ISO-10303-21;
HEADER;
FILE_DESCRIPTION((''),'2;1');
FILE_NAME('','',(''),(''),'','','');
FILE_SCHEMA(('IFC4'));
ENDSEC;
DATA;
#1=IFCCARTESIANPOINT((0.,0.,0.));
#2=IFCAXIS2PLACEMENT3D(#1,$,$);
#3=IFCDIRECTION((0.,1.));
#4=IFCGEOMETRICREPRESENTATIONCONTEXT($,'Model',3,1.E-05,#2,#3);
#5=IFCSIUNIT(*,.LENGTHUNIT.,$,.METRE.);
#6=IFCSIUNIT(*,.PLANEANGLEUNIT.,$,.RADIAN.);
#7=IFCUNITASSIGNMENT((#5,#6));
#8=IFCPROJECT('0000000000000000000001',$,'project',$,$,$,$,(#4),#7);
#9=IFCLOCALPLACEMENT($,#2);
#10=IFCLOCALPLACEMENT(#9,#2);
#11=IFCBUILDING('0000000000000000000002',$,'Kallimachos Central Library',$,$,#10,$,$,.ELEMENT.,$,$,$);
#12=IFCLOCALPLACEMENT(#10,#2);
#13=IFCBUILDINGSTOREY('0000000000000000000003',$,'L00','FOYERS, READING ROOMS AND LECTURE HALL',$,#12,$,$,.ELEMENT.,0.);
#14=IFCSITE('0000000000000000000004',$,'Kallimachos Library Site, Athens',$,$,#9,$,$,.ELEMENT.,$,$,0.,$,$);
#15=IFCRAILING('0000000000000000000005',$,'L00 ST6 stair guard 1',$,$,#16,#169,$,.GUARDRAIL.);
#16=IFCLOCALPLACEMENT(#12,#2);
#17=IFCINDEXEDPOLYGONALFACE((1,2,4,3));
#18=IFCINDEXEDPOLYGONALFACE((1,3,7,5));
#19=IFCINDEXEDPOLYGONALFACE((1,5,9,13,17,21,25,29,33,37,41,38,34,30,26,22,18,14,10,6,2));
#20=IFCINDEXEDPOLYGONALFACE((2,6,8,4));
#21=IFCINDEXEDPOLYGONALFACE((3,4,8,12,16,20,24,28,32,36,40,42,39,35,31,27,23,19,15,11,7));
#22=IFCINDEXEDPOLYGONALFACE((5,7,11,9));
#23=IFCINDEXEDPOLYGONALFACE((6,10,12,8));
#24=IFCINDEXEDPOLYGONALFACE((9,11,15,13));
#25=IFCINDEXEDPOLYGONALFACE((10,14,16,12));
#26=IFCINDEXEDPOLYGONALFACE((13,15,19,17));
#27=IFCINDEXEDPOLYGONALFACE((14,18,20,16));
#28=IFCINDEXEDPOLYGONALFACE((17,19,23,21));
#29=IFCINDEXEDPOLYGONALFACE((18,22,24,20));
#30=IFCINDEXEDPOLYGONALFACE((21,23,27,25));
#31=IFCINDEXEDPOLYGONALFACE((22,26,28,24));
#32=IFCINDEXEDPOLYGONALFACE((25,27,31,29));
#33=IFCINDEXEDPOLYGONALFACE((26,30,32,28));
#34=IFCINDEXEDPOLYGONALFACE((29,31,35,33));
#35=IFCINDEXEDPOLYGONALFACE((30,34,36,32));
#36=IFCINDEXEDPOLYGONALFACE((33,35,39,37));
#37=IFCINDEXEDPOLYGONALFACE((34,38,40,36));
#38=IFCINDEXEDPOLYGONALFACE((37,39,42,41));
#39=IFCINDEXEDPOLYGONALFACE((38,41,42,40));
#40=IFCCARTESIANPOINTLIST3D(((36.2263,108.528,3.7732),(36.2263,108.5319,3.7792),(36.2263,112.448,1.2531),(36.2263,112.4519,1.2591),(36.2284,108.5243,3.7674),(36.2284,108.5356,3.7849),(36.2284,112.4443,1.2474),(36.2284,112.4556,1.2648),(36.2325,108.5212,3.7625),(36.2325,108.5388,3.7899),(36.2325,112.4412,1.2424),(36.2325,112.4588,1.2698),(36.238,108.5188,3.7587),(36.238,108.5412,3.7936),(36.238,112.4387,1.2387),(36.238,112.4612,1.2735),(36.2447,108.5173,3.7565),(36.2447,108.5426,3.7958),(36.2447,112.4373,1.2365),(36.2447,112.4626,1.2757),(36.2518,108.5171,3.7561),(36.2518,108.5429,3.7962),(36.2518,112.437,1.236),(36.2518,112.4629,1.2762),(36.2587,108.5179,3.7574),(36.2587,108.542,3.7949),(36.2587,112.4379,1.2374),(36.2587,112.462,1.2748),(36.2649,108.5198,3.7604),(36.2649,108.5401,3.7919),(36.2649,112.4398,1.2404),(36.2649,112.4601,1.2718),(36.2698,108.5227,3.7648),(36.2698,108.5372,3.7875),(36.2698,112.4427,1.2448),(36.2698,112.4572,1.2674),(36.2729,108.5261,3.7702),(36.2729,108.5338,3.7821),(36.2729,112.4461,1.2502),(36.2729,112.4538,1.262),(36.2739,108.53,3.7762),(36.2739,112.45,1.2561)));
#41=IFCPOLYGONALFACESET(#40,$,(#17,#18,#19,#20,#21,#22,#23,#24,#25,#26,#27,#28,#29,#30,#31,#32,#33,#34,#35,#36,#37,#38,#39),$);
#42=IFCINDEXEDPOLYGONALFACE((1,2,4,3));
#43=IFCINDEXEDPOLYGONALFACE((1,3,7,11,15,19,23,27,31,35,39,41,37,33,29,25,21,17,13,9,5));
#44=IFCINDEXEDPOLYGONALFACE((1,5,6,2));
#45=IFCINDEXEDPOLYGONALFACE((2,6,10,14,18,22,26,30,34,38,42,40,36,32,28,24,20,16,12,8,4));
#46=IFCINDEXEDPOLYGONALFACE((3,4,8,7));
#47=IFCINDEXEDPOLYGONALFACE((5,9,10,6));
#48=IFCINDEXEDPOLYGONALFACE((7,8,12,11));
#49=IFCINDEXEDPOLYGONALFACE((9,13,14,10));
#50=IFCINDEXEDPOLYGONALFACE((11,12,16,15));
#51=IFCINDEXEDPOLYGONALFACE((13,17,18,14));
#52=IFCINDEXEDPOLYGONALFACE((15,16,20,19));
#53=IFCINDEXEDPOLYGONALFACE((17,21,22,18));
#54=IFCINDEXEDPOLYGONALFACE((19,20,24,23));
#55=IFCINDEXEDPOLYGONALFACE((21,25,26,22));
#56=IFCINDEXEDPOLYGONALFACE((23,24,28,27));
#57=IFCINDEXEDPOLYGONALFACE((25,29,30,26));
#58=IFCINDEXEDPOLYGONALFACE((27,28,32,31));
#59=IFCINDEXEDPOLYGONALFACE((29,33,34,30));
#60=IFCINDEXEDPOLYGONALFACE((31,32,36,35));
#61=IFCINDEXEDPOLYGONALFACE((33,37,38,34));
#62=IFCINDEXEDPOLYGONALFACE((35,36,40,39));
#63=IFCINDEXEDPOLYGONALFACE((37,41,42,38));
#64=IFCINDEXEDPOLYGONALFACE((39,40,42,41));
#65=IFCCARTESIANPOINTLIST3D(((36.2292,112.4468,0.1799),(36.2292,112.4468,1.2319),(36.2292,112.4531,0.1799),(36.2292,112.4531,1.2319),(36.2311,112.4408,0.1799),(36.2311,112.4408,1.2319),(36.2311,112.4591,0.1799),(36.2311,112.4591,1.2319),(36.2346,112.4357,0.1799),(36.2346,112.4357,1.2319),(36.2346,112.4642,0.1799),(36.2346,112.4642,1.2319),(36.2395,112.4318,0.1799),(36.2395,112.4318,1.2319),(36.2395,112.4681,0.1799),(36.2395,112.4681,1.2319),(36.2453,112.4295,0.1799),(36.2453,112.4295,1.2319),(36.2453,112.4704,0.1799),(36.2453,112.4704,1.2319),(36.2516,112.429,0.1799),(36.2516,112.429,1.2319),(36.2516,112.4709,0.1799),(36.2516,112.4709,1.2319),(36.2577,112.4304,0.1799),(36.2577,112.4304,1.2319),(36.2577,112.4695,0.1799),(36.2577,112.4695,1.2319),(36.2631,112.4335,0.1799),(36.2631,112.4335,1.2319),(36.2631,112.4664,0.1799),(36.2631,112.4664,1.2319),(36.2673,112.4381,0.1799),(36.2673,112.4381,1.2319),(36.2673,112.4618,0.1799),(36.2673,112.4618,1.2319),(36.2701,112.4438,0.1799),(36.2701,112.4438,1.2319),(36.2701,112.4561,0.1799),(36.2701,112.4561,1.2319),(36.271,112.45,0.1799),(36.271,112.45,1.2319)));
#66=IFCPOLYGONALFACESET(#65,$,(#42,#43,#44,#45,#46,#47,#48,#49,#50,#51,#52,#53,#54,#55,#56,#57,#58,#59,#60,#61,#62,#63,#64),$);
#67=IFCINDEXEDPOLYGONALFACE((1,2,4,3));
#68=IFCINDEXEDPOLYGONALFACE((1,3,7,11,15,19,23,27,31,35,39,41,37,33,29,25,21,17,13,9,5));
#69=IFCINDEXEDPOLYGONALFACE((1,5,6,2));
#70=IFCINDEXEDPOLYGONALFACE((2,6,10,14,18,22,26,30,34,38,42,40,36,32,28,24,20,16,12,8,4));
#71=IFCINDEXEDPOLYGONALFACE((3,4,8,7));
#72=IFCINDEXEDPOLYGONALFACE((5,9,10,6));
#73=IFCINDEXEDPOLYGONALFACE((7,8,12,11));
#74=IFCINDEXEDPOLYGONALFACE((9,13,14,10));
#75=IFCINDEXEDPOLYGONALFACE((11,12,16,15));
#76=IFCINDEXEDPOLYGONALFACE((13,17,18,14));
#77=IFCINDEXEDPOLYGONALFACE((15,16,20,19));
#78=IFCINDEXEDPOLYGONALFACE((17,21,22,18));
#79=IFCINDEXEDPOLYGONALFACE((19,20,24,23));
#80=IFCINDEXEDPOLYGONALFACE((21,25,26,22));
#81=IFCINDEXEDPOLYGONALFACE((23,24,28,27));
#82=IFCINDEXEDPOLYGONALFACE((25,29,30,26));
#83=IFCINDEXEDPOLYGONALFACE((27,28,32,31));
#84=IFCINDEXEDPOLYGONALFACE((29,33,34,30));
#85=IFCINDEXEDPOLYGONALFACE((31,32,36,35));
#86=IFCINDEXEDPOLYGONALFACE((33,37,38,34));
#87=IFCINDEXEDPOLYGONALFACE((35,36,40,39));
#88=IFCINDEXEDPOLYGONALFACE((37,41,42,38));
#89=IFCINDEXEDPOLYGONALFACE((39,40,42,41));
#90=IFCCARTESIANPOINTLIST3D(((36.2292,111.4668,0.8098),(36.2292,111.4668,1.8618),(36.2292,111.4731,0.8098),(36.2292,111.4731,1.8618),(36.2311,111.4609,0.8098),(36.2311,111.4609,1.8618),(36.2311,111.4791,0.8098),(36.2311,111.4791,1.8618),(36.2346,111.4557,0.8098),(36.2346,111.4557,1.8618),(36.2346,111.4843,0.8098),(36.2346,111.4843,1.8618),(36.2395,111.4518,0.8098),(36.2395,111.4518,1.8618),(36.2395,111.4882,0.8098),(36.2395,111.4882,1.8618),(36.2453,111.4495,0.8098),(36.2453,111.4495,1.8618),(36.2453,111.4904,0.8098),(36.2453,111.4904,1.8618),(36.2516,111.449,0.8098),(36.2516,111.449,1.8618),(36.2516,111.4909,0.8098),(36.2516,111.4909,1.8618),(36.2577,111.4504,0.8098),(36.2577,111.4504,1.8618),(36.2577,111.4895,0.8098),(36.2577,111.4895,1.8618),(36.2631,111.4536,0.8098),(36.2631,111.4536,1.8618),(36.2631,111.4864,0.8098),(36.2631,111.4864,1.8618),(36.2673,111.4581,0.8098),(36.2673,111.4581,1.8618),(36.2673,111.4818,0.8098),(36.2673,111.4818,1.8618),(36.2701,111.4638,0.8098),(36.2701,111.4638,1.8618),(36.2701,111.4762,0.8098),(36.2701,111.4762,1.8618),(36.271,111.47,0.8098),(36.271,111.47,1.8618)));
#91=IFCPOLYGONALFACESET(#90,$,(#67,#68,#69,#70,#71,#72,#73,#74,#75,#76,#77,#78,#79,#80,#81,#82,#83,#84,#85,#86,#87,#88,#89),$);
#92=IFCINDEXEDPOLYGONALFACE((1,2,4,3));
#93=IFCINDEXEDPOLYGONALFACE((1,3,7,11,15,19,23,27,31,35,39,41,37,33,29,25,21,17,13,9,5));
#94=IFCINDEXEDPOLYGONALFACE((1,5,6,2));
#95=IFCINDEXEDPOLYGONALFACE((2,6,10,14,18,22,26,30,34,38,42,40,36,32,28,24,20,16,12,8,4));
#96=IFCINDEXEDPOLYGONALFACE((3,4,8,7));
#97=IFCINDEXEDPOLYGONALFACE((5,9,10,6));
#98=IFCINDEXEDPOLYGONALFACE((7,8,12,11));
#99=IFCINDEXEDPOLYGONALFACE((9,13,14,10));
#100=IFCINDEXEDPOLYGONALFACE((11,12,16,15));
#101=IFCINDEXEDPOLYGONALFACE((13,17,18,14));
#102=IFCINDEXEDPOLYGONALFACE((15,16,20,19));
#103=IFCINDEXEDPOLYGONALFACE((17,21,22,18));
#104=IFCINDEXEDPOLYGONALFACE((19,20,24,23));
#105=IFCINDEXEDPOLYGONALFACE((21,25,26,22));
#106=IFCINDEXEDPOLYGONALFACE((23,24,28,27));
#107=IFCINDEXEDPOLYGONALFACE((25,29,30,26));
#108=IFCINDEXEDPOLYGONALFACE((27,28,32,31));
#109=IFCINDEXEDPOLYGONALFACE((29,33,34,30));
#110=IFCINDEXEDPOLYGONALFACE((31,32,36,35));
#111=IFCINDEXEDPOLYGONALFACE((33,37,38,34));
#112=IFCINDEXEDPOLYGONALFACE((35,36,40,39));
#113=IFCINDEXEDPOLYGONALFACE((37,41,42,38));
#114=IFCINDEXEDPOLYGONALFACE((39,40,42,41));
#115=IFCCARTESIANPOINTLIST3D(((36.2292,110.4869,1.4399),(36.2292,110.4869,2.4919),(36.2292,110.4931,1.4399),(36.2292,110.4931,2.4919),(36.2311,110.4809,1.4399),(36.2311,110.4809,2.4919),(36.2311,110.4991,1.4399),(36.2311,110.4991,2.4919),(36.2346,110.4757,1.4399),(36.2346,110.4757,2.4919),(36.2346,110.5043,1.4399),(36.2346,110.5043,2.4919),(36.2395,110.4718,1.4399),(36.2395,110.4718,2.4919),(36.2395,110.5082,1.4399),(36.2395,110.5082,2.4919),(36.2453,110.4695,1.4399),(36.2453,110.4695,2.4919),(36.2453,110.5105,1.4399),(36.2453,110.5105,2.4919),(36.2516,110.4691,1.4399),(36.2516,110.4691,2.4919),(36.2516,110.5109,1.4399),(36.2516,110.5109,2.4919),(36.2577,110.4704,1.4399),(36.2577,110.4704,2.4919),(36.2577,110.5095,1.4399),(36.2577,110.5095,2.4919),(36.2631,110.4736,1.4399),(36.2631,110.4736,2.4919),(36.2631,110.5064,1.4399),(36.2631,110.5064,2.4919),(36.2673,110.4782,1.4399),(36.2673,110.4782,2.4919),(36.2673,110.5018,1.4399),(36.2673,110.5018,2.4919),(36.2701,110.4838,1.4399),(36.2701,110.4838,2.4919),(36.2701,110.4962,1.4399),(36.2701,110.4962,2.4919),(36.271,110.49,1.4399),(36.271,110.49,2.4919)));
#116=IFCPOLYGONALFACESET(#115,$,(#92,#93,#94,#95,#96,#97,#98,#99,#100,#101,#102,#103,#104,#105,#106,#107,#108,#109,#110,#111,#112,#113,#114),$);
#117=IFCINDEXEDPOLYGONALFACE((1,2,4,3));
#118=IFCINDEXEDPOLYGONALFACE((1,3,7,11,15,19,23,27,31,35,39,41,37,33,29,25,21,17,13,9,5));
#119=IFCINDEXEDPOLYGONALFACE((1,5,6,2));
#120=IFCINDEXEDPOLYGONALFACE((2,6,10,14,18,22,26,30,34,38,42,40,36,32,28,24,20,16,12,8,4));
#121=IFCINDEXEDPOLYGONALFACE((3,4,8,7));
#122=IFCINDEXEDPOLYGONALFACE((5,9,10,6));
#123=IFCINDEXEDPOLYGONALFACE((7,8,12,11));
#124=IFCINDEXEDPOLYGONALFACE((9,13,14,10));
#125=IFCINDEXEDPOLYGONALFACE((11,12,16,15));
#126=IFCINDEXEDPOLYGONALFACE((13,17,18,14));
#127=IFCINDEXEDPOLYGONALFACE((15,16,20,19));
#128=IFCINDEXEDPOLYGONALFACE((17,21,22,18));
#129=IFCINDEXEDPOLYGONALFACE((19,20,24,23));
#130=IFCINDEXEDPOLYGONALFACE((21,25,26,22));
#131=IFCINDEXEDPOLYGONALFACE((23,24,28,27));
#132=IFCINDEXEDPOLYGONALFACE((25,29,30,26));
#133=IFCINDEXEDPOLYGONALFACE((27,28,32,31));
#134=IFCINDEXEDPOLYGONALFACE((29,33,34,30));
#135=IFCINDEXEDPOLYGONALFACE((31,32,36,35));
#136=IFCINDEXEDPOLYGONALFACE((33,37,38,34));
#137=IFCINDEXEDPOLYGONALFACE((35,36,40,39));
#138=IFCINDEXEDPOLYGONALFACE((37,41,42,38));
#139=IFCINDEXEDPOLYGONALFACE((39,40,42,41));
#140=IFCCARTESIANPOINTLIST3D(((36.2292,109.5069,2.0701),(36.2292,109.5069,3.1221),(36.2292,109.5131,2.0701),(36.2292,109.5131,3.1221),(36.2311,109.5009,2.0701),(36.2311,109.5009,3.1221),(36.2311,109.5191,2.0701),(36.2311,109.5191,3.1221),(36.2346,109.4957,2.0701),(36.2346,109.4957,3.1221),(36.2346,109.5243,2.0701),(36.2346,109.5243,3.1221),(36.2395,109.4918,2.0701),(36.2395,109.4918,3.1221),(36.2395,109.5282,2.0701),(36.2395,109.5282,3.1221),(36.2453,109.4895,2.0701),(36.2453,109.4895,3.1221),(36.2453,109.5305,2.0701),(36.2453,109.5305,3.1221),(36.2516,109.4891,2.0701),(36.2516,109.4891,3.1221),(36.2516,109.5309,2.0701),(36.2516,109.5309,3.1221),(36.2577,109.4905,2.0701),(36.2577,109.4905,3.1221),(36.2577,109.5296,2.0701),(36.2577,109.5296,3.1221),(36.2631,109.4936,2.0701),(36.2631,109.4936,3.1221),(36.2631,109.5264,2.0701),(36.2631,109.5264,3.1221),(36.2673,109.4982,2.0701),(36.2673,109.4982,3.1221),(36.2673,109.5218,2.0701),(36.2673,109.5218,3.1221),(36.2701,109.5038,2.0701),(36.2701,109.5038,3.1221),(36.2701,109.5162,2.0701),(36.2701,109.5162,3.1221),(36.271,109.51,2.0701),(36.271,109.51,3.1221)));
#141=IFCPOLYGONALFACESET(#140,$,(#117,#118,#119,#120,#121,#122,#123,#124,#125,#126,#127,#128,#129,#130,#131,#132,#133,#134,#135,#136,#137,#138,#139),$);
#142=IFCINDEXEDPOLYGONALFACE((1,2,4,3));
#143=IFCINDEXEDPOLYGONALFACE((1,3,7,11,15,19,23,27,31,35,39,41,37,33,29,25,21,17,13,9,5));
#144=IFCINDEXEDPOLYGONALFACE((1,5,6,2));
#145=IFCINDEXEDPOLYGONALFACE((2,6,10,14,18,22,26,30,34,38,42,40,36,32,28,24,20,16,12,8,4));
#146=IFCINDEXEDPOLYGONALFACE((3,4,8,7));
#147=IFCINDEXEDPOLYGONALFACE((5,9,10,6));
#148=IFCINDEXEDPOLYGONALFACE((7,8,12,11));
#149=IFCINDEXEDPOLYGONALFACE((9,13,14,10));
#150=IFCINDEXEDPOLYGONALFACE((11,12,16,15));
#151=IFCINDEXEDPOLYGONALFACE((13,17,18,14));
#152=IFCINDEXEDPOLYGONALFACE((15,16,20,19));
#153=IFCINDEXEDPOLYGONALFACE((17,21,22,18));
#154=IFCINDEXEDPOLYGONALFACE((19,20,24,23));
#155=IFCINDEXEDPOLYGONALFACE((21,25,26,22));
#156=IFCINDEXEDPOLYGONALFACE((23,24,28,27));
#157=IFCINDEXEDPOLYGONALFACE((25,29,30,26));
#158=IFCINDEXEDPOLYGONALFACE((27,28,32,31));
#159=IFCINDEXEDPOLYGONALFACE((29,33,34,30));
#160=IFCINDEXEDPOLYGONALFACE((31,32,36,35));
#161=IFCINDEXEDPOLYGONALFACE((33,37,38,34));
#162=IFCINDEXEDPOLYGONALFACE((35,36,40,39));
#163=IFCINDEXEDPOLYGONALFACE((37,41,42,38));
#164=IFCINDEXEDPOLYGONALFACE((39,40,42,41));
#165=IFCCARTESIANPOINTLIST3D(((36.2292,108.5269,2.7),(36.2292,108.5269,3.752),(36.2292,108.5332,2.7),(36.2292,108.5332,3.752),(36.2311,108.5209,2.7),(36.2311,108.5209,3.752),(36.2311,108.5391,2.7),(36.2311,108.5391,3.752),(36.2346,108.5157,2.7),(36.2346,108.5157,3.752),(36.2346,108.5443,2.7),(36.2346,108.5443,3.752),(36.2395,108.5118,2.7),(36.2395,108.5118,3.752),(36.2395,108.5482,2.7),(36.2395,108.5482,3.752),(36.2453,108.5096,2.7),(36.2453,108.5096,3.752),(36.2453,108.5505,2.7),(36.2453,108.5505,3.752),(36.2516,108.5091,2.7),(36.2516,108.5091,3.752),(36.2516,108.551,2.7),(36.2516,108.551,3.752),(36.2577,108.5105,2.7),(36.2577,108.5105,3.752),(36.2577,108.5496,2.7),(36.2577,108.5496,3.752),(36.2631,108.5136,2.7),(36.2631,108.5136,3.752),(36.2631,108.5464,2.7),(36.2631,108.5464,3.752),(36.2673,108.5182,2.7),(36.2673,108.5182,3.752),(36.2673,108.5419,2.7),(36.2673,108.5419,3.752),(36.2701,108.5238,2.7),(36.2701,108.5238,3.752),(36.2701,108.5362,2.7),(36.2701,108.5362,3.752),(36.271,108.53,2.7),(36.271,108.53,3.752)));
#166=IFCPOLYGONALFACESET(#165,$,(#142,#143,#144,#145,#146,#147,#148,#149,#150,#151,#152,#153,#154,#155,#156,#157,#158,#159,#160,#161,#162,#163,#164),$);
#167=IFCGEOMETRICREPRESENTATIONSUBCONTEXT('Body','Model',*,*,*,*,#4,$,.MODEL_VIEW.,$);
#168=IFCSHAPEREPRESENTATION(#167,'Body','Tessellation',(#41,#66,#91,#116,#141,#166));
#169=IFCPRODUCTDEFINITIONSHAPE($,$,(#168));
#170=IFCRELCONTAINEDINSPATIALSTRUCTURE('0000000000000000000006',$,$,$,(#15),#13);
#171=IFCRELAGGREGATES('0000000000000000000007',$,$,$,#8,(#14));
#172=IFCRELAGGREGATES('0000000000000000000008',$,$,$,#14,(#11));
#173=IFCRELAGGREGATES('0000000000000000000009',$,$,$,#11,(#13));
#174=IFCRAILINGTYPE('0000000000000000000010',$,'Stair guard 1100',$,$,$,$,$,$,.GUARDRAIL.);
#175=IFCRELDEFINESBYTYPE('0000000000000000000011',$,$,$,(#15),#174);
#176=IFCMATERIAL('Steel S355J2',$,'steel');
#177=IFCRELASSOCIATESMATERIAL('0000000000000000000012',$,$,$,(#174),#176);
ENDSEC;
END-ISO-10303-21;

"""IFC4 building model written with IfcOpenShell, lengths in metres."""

from ifc_helpers import new_model, si_unit, direction, frame, origin, origin_2d, place, context, subcontext, project, spatial, circle, extrude, material, type_object, element, save


model = new_model("IFC4")

# Units and contexts
model_context = context("Model", 3, precision=1e-05, world=origin(), true_north=direction((0.0, 1.0)))
body_context = subcontext(model_context, "Body", "Model", "MODEL_VIEW")
ifc_project = project(units=[si_unit("LENGTHUNIT", "METRE"), si_unit("PLANEANGLEUNIT", "RADIAN")], contexts=[model_context])

# Site, building, storey
site_placement = place(None, origin())
site = spatial("IfcSite", under=ifc_project, at=site_placement, Name="Kallimachos Library Site, Athens", CompositionType="ELEMENT", RefElevation=0.0)
building_placement = place(site_placement, origin())
building = spatial("IfcBuilding", under=site, at=building_placement, Name="Kallimachos Central Library", CompositionType="ELEMENT")
storey_placement = place(building_placement, origin())
storey = spatial("IfcBuildingStorey", under=building, at=storey_placement, Name="L00", Description="FOYERS, READING ROOMS AND LECTURE HALL", CompositionType="ELEMENT", Elevation=0.0)

# Railing
ifc_material_1 = material(Name="Steel S355J2", Category="steel")
railing_type_1 = type_object("IfcRailingType", Name="Stair guard 1100", PredefinedType="GUARDRAIL", material=ifc_material_1)
railing_1_placement = place(storey_placement, frame((36.25, 112.45, 0.1799)))
element("IfcRailing", 1, at=railing_1_placement, inside=storey, type_object=railing_type_1, Name="L00 ST6 stair guard 1", PredefinedType="GUARDRAIL", context=body_context, shape_type="SweptSolid", body=[
    extrude(circle(Radius=0.0239, at=origin_2d()), frame((0.0, 0.0, 1.0762), z_axis=(0.0, -0.841172, 0.540768), x_axis=(1.0, 0.0, 0.0)), (0.0, 0.0, 1.0), 4.6602),
    extrude(circle(Radius=0.021, at=origin_2d()), origin(), (0.0, 0.0, 1.0), 1.052),
    extrude(circle(Radius=0.021, at=origin_2d()), frame((0.0, -0.98, 0.6299)), (0.0, 0.0, 1.0), 1.052),
    extrude(circle(Radius=0.021, at=origin_2d()), frame((0.0, -1.96, 1.26)), (0.0, 0.0, 1.0), 1.052),
    extrude(circle(Radius=0.021, at=origin_2d()), frame((0.0, -2.9399, 1.8901)), (0.0, 0.0, 1.0), 1.052),
    extrude(circle(Radius=0.021, at=origin_2d()), frame((0.0, -3.9199, 2.52)), (0.0, 0.0, 1.0), 1.052),
])

save(model, "model.ifc")
